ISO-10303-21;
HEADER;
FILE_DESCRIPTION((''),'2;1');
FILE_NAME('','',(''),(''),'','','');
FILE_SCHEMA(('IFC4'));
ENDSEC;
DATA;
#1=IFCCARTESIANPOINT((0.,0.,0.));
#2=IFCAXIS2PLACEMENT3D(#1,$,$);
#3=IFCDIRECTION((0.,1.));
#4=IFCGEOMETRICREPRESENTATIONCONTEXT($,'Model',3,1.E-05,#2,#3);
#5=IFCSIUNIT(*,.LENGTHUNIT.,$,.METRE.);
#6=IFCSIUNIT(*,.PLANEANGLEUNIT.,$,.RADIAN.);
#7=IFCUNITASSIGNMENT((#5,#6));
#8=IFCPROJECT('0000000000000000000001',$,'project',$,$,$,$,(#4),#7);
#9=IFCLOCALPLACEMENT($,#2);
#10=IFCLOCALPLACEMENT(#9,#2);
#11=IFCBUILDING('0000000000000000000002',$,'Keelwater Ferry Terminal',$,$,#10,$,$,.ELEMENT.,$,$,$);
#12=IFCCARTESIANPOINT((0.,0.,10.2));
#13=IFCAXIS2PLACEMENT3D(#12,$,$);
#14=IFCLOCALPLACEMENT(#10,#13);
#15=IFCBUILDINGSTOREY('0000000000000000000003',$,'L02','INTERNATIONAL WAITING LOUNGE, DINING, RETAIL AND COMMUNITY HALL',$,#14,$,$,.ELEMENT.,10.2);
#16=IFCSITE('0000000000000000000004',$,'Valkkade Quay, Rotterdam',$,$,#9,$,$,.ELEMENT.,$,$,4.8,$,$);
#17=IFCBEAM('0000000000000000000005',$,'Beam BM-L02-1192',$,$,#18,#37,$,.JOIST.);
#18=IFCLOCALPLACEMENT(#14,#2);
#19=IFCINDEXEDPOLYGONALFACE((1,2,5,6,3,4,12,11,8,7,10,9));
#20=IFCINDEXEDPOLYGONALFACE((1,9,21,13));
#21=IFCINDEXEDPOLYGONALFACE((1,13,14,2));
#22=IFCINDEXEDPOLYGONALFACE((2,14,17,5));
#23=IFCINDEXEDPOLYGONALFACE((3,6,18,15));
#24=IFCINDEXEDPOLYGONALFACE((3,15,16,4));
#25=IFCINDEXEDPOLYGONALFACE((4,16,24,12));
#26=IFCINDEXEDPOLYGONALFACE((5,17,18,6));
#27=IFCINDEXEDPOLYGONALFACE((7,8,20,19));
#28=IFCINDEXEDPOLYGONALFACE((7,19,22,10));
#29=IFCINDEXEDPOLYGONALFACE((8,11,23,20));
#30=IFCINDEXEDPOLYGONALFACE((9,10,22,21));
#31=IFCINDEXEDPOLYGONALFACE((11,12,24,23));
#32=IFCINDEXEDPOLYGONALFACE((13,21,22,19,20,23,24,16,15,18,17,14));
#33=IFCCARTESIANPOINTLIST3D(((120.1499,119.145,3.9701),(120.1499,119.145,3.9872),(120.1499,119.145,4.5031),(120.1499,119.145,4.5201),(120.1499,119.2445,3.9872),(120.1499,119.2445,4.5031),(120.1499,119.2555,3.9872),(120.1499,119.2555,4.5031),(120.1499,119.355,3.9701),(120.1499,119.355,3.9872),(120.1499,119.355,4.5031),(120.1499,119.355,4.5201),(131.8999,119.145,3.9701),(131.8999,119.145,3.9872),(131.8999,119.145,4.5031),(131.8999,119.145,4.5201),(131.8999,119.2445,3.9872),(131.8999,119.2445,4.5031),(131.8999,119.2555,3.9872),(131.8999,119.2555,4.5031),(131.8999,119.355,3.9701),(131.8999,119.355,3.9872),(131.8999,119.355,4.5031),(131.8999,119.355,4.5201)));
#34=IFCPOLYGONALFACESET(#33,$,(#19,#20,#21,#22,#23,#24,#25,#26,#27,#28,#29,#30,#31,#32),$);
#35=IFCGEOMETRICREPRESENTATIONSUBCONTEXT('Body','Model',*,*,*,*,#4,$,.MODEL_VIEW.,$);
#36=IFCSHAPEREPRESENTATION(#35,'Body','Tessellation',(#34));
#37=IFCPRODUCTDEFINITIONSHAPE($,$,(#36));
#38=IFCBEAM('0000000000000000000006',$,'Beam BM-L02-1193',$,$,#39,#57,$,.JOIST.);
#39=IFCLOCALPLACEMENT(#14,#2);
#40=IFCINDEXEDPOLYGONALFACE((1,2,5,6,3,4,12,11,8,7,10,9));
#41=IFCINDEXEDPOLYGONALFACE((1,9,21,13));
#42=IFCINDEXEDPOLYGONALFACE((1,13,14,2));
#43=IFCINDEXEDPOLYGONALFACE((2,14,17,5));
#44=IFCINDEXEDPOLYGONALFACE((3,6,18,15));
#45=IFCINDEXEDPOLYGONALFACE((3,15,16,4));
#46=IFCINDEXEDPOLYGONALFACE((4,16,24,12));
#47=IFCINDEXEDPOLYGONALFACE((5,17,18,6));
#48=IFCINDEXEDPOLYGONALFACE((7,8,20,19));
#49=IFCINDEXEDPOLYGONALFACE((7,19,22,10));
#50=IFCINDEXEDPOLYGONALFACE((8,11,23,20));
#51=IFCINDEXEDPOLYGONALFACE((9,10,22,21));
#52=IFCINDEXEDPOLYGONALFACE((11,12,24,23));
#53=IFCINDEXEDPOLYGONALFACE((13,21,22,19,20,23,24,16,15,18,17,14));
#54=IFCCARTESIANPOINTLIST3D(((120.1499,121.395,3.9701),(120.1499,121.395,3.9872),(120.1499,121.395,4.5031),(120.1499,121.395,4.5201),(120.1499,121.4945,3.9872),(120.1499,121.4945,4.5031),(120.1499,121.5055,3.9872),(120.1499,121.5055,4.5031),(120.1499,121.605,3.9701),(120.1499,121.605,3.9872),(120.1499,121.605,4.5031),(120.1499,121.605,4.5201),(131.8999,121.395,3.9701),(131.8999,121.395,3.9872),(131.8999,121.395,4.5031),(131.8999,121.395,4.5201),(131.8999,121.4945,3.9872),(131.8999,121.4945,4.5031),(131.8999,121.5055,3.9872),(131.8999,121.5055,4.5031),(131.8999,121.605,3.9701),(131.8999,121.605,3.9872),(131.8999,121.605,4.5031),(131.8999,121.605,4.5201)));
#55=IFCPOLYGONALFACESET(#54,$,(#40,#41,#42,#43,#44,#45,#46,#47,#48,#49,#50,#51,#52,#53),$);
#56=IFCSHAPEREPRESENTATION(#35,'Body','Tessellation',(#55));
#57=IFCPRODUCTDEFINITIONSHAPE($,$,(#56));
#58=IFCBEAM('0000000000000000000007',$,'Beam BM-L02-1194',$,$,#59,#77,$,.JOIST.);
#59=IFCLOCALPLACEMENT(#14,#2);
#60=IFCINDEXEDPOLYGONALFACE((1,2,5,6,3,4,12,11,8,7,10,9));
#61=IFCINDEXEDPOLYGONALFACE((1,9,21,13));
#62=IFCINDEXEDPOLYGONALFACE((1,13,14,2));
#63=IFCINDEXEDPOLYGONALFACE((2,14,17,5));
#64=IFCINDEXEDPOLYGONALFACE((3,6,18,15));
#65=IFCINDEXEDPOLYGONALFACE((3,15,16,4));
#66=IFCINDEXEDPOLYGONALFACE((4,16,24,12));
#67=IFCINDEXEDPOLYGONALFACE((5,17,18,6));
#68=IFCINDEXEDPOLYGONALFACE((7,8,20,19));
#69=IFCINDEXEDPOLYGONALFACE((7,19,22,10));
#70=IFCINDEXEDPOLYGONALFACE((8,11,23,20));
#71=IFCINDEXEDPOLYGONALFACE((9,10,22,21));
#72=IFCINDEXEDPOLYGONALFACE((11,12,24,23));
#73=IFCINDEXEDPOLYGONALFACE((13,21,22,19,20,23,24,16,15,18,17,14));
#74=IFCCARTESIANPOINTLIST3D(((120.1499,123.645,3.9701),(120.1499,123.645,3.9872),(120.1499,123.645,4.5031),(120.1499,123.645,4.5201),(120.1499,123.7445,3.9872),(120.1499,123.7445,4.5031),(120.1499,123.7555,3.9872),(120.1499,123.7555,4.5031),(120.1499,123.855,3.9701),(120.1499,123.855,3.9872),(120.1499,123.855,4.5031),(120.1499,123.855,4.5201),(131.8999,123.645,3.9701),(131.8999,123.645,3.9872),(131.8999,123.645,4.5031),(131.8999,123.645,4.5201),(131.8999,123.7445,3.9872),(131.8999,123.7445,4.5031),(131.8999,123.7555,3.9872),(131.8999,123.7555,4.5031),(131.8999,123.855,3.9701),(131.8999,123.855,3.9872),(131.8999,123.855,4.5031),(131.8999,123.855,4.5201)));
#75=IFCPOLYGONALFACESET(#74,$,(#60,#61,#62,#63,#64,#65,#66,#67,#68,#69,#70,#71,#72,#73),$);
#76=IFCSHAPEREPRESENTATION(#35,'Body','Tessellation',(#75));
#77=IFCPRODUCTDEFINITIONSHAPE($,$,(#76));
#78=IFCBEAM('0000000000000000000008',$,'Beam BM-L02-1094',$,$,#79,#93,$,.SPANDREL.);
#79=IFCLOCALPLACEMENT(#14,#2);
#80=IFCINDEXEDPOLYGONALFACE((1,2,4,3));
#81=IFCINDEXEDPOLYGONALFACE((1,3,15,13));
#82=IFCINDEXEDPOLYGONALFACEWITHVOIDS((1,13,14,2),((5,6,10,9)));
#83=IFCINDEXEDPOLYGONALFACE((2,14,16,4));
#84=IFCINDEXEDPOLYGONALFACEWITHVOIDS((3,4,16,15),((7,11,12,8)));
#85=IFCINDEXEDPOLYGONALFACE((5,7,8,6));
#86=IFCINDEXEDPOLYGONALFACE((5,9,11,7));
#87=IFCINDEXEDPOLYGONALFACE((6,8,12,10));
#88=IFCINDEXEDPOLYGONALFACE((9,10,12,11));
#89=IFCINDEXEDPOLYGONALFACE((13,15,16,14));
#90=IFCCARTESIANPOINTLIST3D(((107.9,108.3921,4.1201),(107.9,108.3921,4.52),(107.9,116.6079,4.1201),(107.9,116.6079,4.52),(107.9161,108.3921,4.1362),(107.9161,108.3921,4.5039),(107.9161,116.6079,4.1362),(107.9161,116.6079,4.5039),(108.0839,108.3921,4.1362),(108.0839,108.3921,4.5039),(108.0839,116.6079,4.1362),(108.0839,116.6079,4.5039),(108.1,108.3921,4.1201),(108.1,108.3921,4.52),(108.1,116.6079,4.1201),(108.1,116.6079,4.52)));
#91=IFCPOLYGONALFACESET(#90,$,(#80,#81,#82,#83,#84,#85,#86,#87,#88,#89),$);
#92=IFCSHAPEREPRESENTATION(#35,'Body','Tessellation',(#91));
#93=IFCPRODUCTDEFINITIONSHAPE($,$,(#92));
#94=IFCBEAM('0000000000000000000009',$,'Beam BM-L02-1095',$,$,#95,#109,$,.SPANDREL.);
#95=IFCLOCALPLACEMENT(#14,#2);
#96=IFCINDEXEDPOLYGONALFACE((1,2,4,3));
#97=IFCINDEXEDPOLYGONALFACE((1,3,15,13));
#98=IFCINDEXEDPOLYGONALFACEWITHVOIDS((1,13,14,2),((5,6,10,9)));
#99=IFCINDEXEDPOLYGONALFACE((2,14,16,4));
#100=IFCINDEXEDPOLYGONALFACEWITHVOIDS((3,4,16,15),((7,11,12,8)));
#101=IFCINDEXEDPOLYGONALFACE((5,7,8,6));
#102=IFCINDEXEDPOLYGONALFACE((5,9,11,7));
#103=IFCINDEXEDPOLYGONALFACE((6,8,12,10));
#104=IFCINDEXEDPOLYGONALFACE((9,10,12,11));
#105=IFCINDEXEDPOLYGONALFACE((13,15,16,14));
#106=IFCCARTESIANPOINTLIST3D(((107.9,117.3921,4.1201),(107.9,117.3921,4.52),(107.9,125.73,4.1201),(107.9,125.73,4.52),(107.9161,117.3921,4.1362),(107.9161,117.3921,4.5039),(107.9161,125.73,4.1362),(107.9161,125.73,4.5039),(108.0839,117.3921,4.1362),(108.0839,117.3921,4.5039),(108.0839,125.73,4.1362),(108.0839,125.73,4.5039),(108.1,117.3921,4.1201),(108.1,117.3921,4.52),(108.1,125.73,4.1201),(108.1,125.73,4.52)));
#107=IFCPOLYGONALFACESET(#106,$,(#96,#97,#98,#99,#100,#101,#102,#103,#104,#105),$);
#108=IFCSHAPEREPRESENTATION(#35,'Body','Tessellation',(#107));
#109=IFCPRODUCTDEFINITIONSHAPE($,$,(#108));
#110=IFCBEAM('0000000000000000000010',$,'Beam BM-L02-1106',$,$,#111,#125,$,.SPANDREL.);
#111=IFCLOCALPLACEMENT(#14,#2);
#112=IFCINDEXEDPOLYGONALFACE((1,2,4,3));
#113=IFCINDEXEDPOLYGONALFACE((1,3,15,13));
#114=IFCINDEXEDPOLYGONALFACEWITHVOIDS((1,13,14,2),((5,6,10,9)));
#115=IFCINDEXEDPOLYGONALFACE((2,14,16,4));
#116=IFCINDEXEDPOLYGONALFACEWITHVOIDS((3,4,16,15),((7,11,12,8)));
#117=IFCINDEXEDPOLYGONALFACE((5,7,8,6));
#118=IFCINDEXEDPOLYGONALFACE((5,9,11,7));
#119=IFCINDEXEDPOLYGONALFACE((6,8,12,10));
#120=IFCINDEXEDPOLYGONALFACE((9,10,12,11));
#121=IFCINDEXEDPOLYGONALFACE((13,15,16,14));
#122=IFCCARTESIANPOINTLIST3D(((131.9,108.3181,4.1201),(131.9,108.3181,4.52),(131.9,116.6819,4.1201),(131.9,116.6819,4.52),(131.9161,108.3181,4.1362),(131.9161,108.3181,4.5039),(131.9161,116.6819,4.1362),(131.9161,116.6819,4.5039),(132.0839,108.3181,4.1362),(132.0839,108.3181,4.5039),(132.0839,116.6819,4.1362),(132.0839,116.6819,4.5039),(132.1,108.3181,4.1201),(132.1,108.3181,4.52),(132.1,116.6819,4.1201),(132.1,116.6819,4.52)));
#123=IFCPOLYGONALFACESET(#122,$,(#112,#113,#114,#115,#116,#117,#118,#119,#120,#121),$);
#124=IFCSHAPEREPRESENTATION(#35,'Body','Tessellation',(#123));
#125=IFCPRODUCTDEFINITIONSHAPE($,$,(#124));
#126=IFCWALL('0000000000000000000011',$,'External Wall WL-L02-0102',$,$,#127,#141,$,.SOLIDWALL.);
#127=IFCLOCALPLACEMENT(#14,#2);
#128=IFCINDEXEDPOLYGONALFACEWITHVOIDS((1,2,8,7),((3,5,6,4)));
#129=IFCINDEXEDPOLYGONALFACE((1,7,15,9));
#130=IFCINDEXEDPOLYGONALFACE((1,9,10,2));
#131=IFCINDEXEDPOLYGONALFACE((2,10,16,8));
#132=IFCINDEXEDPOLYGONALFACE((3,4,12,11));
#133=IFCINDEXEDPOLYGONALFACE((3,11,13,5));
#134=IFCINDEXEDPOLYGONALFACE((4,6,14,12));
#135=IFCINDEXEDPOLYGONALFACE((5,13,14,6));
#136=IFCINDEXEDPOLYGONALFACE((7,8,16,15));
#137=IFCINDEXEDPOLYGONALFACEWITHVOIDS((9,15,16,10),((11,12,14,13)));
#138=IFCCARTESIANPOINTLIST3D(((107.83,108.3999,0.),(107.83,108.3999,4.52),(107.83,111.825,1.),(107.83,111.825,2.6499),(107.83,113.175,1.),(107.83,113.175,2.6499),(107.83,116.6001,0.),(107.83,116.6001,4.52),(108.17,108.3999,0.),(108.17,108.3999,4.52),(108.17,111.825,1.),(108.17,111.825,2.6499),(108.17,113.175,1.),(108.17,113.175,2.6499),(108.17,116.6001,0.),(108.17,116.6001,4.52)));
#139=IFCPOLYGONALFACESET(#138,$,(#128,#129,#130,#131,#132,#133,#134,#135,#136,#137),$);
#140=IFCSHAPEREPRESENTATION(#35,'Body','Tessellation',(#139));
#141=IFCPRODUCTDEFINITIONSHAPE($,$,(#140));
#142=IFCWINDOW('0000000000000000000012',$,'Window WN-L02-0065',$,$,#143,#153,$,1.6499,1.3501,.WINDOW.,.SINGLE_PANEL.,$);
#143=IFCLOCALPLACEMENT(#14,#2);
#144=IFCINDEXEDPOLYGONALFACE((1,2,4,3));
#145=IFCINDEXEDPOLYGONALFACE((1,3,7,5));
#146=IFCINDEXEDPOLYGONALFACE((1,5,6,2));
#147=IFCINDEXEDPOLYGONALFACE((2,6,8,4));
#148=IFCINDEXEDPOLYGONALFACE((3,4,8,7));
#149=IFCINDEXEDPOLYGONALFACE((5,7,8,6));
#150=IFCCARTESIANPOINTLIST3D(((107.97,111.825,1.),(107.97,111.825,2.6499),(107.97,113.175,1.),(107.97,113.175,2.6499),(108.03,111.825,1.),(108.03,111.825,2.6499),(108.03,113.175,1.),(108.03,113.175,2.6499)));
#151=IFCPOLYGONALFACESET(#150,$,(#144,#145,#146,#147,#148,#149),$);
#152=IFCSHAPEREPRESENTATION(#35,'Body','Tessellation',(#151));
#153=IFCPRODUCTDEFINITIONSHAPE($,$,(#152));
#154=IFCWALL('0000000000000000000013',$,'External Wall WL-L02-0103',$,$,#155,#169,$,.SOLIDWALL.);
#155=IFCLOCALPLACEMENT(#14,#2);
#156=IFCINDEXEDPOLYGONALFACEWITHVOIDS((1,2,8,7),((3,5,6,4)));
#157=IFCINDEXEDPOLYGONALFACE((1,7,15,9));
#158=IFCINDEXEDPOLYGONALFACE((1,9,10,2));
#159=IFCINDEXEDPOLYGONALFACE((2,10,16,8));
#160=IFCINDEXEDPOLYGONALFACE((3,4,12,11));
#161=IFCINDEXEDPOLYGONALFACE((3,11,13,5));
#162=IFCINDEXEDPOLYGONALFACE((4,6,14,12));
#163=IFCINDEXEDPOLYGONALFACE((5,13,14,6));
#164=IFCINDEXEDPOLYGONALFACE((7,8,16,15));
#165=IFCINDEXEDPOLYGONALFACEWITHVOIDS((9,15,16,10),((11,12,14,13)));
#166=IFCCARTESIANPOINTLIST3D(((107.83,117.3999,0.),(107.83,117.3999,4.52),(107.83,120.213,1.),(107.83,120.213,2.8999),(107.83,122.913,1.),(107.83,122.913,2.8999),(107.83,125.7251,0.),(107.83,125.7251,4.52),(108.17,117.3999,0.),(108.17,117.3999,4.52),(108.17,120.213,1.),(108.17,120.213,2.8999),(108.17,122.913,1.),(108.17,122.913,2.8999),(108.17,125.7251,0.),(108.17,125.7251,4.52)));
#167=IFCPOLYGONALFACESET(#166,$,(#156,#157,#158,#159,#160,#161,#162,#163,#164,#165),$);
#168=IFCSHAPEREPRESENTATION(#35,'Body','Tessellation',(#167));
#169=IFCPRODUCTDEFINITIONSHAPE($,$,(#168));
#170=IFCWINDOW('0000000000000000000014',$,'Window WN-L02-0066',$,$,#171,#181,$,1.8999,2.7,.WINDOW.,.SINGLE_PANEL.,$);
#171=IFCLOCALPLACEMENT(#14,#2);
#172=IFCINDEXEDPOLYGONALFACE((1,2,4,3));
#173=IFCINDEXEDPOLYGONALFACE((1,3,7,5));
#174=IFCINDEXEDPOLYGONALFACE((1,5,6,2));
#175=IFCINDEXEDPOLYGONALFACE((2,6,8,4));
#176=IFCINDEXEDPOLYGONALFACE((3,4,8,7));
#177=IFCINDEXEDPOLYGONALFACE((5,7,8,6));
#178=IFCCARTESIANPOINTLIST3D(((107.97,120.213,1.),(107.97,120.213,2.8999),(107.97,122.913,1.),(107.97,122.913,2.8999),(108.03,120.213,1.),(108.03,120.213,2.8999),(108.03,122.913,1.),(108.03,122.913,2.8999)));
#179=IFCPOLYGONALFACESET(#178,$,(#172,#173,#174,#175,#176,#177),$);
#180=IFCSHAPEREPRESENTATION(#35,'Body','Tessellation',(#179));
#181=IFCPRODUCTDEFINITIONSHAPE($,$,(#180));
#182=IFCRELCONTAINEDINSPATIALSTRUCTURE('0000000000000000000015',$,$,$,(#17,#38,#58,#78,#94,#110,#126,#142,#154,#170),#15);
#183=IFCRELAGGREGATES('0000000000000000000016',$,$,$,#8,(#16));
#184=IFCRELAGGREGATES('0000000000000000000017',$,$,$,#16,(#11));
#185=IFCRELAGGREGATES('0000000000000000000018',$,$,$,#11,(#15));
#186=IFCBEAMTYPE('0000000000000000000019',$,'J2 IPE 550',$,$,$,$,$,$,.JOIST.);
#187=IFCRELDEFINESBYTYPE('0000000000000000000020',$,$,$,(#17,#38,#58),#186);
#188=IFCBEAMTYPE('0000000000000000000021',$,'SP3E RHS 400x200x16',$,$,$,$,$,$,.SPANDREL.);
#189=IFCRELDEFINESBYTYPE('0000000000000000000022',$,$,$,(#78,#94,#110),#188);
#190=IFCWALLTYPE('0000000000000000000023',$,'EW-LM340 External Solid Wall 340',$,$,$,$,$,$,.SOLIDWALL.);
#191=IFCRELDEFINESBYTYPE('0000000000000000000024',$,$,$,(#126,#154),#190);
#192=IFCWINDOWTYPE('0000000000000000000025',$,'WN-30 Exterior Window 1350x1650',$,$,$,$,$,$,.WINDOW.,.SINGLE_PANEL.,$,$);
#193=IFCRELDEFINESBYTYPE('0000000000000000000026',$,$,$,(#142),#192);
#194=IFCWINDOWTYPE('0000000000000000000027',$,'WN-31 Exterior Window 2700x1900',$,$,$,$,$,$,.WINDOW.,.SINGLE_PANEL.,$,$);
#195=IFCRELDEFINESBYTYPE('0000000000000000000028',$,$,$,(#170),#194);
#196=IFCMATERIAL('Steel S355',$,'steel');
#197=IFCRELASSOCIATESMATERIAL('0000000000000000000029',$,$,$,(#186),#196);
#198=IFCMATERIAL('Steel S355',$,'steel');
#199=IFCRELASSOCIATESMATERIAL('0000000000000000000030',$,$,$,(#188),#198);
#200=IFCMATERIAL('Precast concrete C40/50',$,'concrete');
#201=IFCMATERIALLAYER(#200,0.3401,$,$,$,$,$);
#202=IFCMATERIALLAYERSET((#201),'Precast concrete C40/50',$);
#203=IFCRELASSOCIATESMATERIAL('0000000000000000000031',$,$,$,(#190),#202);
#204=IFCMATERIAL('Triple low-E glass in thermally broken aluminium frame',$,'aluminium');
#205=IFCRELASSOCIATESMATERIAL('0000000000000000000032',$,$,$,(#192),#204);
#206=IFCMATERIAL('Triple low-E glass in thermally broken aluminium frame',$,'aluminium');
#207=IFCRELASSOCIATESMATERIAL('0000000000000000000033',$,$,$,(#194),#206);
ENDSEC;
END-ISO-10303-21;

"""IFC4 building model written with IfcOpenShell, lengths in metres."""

from ifc_helpers import new_model, si_unit, direction, frame, frame_2d, origin, origin_2d, place, context, subcontext, project, spatial, rectangle, hollow_rectangle, i_section, extrude, material, layer, layer_set, material_profile, profile_set, type_object, element, fill, save


model = new_model("IFC4")

# Units and contexts
model_context = context("Model", 3, precision=1e-05, world=origin(), true_north=direction((0.0, 1.0)))
body_context = subcontext(model_context, "Body", "Model", "MODEL_VIEW")
ifc_project = project(units=[si_unit("LENGTHUNIT", "METRE"), si_unit("PLANEANGLEUNIT", "RADIAN")], contexts=[model_context])

# Site, building, storey
site_placement = place(None, origin())
site = spatial("IfcSite", under=ifc_project, at=site_placement, Name="Valkkade Quay, Rotterdam", CompositionType="ELEMENT", RefElevation=4.8)
building_placement = place(site_placement, origin())
building = spatial("IfcBuilding", under=site, at=building_placement, Name="Keelwater Ferry Terminal", CompositionType="ELEMENT")
storey_placement = place(building_placement, frame((0.0, 0.0, 10.2)))
storey = spatial("IfcBuildingStorey", under=building, at=storey_placement, Name="L02", Description="INTERNATIONAL WAITING LOUNGE, DINING, RETAIL AND COMMUNITY HALL", CompositionType="ELEMENT", Elevation=10.2)

# Beams
ifc_material_1 = material(Name="Steel S355", Category="steel")
ifc_material_profile_1 = material_profile(ifc_material_1, i_section(OverallWidth=0.21, OverallDepth=0.55, WebThickness=0.011, FlangeThickness=0.0171, at=origin_2d()), Name="IPE 550")
ifc_profile_set_1 = profile_set([ifc_material_profile_1], Name="Steel S355")
beam_type_1 = type_object("IfcBeamType", Name="J2 IPE 550", PredefinedType="JOIST", material=ifc_profile_set_1)
for number, where, z_axis, x_axis, name in (
    (1, (120.1499, 119.25, 4.2451), (1.0, 0.0, 0.0), (0.0, 1.0, 0.0), "Beam BM-L02-1192"),
    (2, (120.1499, 121.5, 4.2451), (1.0, 0.0, 0.0), (0.0, 1.0, 0.0), "Beam BM-L02-1193"),
    (3, (120.1499, 123.75, 4.2451), (1.0, 0.0, 0.0), (0.0, 1.0, 0.0), "Beam BM-L02-1194"),
):
    element("IfcBeam", number, at=place(storey_placement, frame(where, z_axis=z_axis, x_axis=x_axis)), inside=storey, type_object=beam_type_1, Name=name, PredefinedType="JOIST", context=body_context, shape_type="SweptSolid", body=[
        extrude(i_section(OverallWidth=0.21, OverallDepth=0.55, WebThickness=0.011, FlangeThickness=0.0171, at=origin_2d()), origin(), (0.0, 0.0, 1.0), 11.75),
    ])
ifc_material_2 = material(Name="Steel S355", Category="steel")
ifc_material_profile_2 = material_profile(ifc_material_2, hollow_rectangle(XDim=0.2, YDim=0.3999, WallThickness=0.0161, at=origin_2d()), Name="RHS 400x200x16")
ifc_profile_set_2 = profile_set([ifc_material_profile_2], Name="Steel S355")
beam_type_2 = type_object("IfcBeamType", Name="SP3E RHS 400x200x16", PredefinedType="SPANDREL", material=ifc_profile_set_2)
beam_1_placement = place(storey_placement, frame((108.0, 108.3921, 4.3201), z_axis=(0.0, 1.0, 0.0), x_axis=(-1.0, 0.0, 0.0)))
element("IfcBeam", 4, at=beam_1_placement, inside=storey, type_object=beam_type_2, Name="Beam BM-L02-1094", PredefinedType="SPANDREL", context=body_context, shape_type="SweptSolid", body=[
    extrude(hollow_rectangle(XDim=0.2, YDim=0.3999, WallThickness=0.0161, at=origin_2d()), origin(), (0.0, 0.0, 1.0), 8.2158),
])
beam_2_placement = place(storey_placement, frame((108.0, 117.3921, 4.3201), z_axis=(0.0, 1.0, 0.0), x_axis=(-1.0, 0.0, 0.0)))
element("IfcBeam", 5, at=beam_2_placement, inside=storey, type_object=beam_type_2, Name="Beam BM-L02-1095", PredefinedType="SPANDREL", context=body_context, shape_type="SweptSolid", body=[
    extrude(hollow_rectangle(XDim=0.2, YDim=0.3999, WallThickness=0.0161, at=origin_2d()), origin(), (0.0, 0.0, 1.0), 8.3379),
])
beam_3_placement = place(storey_placement, frame((132.0, 108.3181, 4.3201), z_axis=(0.0, 1.0, 0.0), x_axis=(-1.0, 0.0, 0.0)))
element("IfcBeam", 6, at=beam_3_placement, inside=storey, type_object=beam_type_2, Name="Beam BM-L02-1106", PredefinedType="SPANDREL", context=body_context, shape_type="SweptSolid", body=[
    extrude(hollow_rectangle(XDim=0.2, YDim=0.3999, WallThickness=0.0161, at=origin_2d()), origin(), (0.0, 0.0, 1.0), 8.3638),
])

# Walls, openings, windows
ifc_material_3 = material(Name="Precast concrete C40/50", Category="concrete")
ifc_layer = layer(ifc_material_3, 0.3401)
ifc_layer_set = layer_set([ifc_layer], Name="Precast concrete C40/50")
wall_type = type_object("IfcWallType", Name="EW-LM340 External Solid Wall 340", PredefinedType="SOLIDWALL", material=ifc_layer_set)
wall_1_placement = place(storey_placement, frame((108.0, 116.6001, 0.0), z_axis=(0.0, 0.0, 1.0), x_axis=(0.0, -1.0, 0.0)))
wall_1 = element("IfcWall", 7, at=wall_1_placement, inside=storey, type_object=wall_type, Name="External Wall WL-L02-0102", PredefinedType="SOLIDWALL", context=body_context, shape_type="SweptSolid", body=[
    extrude(rectangle(XDim=8.2002, YDim=0.3401, at=frame_2d((4.1001, 0.0))), origin(), (0.0, 0.0, 1.0), 4.52),
])
opening_1_placement = place(wall_1_placement, frame((3.425, 0.0, 1.0)))
opening_1 = element("IfcOpeningElement", 8, at=opening_1_placement, cuts=wall_1, PredefinedType="OPENING", context=body_context, shape_type="SweptSolid", body=[
    extrude(rectangle(XDim=1.3501, YDim=1.6499, at=frame_2d((0.675, 0.825))), frame((0.0, 0.1799, 0.0), z_axis=(0.0, -1.0, 0.0), x_axis=(1.0, 0.0, 0.0)), (0.0, 0.0, 1.0), 0.3601),
])
ifc_material_4 = material(Name="Triple low-E glass in thermally broken aluminium frame", Category="aluminium")
window_type_1 = type_object("IfcWindowType", Name="WN-30 Exterior Window 1350x1650", PartitioningType="SINGLE_PANEL", PredefinedType="WINDOW", material=ifc_material_4)
window_1_placement = place(opening_1_placement, origin())
window_1 = element("IfcWindow", 9, at=window_1_placement, inside=storey, type_object=window_type_1, Name="Window WN-L02-0065", OverallHeight=1.6499, OverallWidth=1.3501, PartitioningType="SINGLE_PANEL", PredefinedType="WINDOW", context=body_context, shape_type="SweptSolid", body=[
    extrude(rectangle(XDim=1.3501, YDim=1.6499, at=frame_2d((0.675, 0.825))), frame((0.0, 0.03, 0.0), z_axis=(0.0, -1.0, 0.0), x_axis=(1.0, 0.0, 0.0)), (0.0, 0.0, 1.0), 0.0601),
])
fill(opening_1, window_1)
wall_2_placement = place(storey_placement, frame((108.0, 125.7251, 0.0), z_axis=(0.0, 0.0, 1.0), x_axis=(0.0, -1.0, 0.0)))
wall_2 = element("IfcWall", 10, at=wall_2_placement, inside=storey, type_object=wall_type, Name="External Wall WL-L02-0103", PredefinedType="SOLIDWALL", context=body_context, shape_type="SweptSolid", body=[
    extrude(rectangle(XDim=8.3252, YDim=0.3401, at=frame_2d((4.1626, 0.0))), origin(), (0.0, 0.0, 1.0), 4.52),
])
opening_2_placement = place(wall_2_placement, frame((2.812, 0.0, 1.0)))
opening_2 = element("IfcOpeningElement", 11, at=opening_2_placement, cuts=wall_2, PredefinedType="OPENING", context=body_context, shape_type="SweptSolid", body=[
    extrude(rectangle(XDim=2.7, YDim=1.8999, at=frame_2d((1.3501, 0.95))), frame((0.0, 0.1799, 0.0), z_axis=(0.0, -1.0, 0.0), x_axis=(1.0, 0.0, 0.0)), (0.0, 0.0, 1.0), 0.3601),
])
ifc_material_5 = material(Name="Triple low-E glass in thermally broken aluminium frame", Category="aluminium")
window_type_2 = type_object("IfcWindowType", Name="WN-31 Exterior Window 2700x1900", PartitioningType="SINGLE_PANEL", PredefinedType="WINDOW", material=ifc_material_5)
window_2_placement = place(opening_2_placement, origin())
window_2 = element("IfcWindow", 12, at=window_2_placement, inside=storey, type_object=window_type_2, Name="Window WN-L02-0066", OverallHeight=1.8999, OverallWidth=2.7, PartitioningType="SINGLE_PANEL", PredefinedType="WINDOW", context=body_context, shape_type="SweptSolid", body=[
    extrude(rectangle(XDim=2.7, YDim=1.8999, at=frame_2d((1.3501, 0.95))), frame((0.0, 0.03, 0.0), z_axis=(0.0, -1.0, 0.0), x_axis=(1.0, 0.0, 0.0)), (0.0, 0.0, 1.0), 0.0601),
])
fill(opening_2, window_2)

save(model, "model.ifc")
